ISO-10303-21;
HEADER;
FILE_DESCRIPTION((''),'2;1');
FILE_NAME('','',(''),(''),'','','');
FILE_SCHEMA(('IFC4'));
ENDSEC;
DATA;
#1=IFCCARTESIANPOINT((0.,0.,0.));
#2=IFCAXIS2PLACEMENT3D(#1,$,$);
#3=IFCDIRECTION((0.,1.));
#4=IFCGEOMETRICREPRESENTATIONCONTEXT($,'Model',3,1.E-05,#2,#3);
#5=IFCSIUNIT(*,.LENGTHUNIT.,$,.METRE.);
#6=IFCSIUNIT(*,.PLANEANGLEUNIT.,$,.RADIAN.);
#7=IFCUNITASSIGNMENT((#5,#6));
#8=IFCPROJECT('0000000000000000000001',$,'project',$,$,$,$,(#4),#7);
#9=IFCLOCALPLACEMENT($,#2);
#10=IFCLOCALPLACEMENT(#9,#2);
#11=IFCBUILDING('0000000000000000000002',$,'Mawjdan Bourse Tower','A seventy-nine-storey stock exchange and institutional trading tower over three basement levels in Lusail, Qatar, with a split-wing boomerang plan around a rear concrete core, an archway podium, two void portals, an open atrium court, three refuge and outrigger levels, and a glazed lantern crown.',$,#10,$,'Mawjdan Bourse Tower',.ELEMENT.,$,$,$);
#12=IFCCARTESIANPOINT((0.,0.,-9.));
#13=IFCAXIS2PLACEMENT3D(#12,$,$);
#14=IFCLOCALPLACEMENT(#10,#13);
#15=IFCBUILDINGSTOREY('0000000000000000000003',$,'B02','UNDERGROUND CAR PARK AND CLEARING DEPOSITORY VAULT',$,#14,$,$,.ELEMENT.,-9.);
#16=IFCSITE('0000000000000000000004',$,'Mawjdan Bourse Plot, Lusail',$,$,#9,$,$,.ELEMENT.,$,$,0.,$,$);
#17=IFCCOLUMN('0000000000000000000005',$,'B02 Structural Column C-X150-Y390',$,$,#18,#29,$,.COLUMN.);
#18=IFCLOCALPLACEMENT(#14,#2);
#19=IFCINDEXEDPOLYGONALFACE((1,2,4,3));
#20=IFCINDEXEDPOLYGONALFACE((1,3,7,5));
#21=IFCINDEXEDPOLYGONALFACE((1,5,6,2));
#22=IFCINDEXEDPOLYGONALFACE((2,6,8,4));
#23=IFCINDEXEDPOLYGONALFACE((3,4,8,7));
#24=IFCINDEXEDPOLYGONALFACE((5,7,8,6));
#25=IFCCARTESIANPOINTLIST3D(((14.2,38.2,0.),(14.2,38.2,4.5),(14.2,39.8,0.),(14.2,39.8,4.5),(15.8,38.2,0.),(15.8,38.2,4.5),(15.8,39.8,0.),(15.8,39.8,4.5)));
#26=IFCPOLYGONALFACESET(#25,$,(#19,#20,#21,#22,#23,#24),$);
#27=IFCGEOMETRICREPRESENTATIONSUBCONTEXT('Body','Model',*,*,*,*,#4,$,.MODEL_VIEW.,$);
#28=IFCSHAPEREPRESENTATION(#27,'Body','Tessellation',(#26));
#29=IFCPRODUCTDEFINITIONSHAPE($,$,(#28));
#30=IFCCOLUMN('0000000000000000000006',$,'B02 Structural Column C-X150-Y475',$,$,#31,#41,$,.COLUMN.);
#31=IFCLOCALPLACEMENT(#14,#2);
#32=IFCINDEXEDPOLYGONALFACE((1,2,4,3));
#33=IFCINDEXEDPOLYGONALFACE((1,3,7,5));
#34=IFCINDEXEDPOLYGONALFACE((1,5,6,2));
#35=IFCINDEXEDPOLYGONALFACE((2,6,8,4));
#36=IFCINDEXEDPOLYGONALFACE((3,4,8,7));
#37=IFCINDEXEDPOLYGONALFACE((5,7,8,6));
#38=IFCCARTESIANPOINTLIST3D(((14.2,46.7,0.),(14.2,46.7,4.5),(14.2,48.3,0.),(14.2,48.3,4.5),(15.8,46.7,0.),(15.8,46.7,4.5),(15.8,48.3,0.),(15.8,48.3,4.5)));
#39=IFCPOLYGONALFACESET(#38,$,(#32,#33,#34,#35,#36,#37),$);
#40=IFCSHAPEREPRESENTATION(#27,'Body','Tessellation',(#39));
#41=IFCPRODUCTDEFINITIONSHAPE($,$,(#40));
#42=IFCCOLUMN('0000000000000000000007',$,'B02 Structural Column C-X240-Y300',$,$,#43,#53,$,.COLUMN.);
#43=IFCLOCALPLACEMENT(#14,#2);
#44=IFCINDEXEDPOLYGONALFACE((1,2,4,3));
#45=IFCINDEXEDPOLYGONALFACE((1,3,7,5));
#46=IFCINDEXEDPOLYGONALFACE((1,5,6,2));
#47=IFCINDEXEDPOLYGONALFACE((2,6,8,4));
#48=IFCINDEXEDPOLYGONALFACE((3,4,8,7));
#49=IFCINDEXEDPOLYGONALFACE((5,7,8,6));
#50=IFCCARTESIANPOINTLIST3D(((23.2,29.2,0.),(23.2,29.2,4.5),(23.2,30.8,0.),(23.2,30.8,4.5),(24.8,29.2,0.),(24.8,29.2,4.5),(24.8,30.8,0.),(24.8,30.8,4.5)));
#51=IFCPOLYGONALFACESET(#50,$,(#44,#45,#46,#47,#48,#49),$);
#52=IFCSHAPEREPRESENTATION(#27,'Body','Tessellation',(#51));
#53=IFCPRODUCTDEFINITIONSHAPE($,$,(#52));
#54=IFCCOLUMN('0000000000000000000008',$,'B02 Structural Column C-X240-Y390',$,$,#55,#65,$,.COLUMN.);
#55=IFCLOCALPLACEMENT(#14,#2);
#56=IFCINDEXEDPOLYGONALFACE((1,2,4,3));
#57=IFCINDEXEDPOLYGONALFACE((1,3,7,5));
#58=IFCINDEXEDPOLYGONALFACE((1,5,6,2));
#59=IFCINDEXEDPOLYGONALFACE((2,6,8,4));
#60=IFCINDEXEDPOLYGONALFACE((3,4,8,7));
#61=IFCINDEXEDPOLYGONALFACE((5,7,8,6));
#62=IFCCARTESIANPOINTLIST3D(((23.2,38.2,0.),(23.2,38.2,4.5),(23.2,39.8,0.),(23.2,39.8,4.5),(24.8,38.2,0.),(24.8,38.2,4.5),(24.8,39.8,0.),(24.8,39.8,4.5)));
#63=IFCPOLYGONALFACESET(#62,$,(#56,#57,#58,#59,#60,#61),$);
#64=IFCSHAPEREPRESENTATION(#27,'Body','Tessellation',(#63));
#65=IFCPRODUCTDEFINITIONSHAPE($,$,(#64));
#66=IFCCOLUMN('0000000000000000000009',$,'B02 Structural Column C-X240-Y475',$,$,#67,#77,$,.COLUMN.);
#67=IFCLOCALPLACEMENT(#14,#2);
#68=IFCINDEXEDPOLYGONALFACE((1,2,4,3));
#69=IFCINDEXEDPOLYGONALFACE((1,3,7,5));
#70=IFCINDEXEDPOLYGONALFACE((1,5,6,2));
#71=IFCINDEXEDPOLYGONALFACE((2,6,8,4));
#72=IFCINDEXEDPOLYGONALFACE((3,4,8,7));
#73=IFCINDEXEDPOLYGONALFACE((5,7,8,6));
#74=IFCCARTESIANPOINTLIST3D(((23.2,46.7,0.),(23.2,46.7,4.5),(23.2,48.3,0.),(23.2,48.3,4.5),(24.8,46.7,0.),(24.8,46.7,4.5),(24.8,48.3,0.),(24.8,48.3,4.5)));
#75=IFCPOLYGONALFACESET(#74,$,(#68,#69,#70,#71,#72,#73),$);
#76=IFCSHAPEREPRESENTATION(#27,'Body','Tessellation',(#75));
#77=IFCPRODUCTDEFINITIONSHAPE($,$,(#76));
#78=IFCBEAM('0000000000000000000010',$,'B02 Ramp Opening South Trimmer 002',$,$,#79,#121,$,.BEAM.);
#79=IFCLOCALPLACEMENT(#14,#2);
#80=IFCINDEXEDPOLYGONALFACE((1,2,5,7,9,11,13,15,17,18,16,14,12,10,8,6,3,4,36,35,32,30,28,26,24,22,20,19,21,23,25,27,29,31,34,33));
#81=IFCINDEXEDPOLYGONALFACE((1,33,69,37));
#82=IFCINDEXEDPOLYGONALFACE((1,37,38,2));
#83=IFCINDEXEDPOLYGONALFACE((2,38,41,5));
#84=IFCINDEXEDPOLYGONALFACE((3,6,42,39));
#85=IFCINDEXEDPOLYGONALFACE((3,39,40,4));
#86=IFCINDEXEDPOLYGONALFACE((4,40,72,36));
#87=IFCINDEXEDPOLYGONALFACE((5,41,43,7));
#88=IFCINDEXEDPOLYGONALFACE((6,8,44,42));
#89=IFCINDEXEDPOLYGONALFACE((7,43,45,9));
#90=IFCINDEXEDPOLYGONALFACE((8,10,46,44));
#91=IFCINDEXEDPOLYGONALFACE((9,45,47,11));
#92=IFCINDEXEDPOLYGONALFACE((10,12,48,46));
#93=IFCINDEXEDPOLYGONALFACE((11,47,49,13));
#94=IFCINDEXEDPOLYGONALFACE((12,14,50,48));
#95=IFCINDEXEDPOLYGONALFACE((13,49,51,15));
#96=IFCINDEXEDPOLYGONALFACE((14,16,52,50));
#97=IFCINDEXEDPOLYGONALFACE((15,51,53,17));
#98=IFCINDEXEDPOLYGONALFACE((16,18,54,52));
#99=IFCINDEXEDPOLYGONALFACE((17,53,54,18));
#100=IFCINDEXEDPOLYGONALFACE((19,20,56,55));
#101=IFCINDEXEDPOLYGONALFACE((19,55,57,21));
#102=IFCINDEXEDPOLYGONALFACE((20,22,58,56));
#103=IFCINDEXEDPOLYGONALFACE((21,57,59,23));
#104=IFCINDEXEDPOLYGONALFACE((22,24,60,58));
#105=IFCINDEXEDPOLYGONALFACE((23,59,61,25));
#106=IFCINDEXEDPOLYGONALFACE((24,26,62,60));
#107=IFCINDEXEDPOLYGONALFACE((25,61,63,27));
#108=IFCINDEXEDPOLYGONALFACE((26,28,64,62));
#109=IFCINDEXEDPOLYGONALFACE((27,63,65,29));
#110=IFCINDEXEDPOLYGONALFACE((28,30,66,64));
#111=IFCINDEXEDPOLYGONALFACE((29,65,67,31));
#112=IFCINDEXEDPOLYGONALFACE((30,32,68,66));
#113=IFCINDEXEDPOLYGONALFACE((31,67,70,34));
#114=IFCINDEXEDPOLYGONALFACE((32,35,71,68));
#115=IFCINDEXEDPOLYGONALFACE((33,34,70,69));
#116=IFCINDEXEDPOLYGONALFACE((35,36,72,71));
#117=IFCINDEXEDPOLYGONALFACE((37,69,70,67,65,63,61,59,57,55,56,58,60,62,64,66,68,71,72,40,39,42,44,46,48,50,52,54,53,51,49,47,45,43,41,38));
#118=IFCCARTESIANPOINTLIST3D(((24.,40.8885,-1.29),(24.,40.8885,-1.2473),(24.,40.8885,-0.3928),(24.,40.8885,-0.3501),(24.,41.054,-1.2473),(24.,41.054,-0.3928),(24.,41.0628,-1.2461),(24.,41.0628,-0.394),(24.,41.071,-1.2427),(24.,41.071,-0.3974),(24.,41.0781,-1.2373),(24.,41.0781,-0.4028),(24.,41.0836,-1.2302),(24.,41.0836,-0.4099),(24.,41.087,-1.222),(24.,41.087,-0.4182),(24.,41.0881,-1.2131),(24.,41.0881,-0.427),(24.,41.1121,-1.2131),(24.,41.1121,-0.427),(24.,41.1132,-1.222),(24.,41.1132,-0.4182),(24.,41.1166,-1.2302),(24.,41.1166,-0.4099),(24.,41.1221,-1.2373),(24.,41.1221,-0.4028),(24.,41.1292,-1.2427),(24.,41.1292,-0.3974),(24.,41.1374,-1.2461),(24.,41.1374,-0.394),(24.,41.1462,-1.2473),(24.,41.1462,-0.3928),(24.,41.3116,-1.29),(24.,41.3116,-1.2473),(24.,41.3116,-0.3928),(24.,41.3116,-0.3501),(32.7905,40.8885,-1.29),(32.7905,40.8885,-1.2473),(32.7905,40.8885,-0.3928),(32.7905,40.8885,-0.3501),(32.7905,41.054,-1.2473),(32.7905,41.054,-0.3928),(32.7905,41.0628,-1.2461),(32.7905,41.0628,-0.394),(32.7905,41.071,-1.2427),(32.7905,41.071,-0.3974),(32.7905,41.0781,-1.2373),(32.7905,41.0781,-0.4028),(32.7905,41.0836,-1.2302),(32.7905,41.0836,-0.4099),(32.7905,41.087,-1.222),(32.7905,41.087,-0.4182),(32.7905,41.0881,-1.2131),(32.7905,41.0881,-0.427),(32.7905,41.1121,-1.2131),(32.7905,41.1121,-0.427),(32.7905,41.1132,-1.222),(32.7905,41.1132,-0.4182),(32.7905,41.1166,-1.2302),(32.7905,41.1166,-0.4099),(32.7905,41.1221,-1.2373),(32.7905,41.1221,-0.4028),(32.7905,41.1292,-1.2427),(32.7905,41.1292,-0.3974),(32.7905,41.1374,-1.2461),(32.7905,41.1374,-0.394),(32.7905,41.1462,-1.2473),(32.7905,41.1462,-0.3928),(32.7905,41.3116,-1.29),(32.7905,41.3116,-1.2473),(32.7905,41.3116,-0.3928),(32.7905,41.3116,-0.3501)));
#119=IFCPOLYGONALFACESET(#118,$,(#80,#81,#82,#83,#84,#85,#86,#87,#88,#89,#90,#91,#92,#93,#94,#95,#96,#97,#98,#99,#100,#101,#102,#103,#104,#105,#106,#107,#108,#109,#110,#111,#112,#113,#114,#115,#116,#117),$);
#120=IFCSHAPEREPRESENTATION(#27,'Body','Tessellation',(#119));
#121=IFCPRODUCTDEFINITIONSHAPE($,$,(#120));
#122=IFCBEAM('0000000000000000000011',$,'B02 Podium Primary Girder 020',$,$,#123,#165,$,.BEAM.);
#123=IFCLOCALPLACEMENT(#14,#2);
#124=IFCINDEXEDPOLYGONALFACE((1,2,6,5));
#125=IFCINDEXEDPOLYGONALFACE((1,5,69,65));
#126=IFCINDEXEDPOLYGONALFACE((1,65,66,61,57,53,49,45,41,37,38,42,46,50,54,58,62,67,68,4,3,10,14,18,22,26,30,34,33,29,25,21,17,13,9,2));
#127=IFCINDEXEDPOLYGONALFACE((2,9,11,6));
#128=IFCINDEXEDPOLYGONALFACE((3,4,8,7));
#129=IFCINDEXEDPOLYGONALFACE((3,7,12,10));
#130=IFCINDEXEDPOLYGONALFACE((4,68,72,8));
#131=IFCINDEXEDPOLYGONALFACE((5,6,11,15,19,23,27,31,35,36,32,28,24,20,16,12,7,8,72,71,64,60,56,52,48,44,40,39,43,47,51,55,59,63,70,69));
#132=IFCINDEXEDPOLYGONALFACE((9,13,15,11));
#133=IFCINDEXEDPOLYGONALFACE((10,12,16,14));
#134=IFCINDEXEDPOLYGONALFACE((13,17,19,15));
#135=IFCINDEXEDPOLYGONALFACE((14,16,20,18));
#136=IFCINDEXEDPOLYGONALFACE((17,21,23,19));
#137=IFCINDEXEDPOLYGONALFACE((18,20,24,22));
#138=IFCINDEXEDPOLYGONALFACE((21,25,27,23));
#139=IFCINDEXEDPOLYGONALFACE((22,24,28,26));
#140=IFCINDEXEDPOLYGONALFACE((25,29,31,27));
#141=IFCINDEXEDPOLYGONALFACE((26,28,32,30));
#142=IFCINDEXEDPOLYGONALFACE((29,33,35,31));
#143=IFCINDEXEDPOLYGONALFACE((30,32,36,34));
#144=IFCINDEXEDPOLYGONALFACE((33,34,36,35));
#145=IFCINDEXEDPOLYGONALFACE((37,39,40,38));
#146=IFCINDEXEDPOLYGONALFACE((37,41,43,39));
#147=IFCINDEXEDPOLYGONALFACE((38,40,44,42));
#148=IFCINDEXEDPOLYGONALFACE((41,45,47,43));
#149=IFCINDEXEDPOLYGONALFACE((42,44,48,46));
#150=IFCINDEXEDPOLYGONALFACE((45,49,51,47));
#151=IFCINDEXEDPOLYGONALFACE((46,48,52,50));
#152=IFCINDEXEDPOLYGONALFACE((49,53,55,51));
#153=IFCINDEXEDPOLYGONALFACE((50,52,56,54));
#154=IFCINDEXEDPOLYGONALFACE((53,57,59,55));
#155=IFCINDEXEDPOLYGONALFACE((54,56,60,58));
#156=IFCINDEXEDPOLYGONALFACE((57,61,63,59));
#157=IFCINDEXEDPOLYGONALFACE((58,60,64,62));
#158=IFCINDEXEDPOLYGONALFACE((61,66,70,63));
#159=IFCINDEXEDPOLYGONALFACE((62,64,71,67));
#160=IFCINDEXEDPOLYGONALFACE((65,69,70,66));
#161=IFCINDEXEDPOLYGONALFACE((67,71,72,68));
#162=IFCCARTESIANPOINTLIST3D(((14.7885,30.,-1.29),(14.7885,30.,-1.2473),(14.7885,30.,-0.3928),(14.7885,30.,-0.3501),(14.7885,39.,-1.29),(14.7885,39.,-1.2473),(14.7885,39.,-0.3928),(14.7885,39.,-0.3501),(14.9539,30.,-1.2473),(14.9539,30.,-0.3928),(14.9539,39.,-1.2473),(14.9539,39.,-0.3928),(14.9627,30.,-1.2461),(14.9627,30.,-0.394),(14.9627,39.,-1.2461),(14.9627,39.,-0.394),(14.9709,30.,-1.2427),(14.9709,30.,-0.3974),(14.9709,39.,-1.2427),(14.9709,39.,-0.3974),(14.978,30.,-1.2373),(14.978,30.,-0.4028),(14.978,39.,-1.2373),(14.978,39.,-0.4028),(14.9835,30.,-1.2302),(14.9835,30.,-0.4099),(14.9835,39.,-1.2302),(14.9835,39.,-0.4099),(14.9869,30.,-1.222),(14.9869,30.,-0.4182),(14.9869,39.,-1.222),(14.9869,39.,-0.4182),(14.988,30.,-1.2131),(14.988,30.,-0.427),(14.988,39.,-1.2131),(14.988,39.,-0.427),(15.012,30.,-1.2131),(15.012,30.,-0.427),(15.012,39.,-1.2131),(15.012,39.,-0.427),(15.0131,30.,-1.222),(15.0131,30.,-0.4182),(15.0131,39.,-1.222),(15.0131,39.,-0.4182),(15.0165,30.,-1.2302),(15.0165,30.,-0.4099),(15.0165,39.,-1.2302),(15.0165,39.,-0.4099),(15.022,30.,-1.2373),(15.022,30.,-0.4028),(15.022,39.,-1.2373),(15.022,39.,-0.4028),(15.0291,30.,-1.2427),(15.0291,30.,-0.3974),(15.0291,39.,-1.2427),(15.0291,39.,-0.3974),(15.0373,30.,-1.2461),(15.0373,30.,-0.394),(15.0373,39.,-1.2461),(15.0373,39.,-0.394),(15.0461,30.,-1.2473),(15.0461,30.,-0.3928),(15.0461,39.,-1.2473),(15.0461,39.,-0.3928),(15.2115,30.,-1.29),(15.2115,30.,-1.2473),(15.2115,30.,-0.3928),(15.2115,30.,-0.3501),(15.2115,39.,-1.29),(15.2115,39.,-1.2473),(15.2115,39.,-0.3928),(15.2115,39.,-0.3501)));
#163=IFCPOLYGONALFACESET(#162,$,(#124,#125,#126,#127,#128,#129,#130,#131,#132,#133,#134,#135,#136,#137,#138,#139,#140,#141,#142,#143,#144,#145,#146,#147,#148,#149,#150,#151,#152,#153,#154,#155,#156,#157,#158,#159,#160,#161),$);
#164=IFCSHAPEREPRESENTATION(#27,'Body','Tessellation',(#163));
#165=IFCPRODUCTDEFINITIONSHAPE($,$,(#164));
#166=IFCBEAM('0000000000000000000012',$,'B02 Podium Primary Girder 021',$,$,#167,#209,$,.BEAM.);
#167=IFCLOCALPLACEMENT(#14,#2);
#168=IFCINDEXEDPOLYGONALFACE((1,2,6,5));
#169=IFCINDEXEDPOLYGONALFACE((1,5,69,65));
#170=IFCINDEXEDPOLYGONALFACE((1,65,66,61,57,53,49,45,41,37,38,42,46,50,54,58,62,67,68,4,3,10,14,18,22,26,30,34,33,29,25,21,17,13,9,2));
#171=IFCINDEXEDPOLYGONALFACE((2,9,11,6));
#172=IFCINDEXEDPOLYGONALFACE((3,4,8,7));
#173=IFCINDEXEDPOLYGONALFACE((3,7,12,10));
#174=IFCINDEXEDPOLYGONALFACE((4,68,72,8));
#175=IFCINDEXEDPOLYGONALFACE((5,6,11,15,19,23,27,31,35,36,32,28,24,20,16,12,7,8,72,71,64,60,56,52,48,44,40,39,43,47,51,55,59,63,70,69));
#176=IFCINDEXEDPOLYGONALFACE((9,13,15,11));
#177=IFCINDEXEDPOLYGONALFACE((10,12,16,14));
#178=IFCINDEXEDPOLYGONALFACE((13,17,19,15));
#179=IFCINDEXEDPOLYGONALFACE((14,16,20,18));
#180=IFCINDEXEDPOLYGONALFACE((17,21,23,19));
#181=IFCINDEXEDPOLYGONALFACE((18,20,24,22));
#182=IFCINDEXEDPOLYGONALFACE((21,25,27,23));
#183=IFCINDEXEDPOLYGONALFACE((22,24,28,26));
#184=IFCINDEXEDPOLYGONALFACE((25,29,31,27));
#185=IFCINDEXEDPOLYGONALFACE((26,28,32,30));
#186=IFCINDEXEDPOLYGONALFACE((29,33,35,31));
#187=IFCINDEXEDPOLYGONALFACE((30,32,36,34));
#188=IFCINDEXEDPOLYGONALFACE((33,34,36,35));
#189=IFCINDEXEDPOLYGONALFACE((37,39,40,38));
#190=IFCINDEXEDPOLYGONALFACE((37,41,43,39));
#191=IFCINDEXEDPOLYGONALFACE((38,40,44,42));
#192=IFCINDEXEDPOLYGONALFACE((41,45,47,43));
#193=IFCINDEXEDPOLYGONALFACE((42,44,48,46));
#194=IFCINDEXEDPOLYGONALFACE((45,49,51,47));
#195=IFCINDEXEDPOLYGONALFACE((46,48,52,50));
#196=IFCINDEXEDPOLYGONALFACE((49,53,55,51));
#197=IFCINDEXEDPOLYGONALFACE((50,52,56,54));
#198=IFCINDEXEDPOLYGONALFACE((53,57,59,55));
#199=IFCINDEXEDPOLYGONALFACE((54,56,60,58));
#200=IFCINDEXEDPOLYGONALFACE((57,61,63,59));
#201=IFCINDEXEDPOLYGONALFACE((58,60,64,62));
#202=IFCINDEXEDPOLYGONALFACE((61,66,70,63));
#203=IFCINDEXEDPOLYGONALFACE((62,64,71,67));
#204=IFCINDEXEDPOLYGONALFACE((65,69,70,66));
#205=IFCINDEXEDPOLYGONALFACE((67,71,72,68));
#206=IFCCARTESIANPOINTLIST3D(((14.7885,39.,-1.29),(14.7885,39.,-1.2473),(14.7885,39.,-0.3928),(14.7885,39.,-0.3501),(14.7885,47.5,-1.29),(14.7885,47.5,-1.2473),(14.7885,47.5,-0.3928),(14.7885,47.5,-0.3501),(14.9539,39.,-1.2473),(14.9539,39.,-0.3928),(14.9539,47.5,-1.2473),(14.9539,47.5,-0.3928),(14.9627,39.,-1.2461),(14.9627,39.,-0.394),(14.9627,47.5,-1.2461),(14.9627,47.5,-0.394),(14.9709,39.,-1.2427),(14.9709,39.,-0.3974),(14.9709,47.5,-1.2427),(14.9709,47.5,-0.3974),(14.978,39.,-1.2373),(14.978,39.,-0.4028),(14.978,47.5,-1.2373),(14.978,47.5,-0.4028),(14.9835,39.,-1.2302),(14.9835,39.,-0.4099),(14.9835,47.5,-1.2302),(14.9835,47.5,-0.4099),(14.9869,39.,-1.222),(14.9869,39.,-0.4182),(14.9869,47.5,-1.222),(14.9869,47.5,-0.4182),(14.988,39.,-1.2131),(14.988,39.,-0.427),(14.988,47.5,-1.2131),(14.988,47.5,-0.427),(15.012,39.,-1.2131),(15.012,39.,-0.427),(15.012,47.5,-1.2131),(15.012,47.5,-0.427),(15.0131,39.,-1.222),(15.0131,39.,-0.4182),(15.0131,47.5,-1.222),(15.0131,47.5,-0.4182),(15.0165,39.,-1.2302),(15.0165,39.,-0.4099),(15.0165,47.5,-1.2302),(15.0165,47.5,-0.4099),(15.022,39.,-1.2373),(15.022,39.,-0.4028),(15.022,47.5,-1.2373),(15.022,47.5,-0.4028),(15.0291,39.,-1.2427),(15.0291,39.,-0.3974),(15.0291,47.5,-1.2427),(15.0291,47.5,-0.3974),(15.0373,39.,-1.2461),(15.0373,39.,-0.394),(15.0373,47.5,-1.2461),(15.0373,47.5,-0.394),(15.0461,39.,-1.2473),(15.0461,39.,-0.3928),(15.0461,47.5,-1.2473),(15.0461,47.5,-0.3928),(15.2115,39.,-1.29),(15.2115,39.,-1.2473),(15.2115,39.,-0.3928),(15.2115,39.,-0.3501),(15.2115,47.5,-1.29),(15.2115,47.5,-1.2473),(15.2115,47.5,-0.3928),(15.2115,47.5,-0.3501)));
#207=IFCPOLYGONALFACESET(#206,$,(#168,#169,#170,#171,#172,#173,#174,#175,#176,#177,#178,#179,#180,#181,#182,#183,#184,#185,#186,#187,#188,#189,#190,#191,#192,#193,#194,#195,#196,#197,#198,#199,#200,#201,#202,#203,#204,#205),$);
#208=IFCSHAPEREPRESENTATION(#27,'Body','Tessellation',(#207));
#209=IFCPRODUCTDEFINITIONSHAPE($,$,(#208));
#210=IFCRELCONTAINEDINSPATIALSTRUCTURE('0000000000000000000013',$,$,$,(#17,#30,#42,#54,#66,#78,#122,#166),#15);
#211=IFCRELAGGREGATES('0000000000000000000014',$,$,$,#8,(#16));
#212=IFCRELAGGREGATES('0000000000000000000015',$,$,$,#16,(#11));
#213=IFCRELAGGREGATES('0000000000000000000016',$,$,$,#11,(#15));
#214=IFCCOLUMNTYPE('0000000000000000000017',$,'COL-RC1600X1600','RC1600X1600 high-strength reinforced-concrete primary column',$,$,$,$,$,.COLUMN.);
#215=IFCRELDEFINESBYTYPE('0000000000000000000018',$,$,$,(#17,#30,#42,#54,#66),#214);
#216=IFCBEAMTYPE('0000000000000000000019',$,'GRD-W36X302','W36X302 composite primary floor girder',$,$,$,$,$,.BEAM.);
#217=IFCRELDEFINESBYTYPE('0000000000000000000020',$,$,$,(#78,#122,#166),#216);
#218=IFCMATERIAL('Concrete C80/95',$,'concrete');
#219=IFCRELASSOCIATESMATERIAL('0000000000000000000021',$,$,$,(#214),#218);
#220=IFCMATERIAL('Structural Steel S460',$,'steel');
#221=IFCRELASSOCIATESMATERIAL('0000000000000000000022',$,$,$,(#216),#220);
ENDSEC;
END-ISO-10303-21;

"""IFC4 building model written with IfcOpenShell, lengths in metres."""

from ifc_helpers import new_model, si_unit, direction, frame, origin, origin_2d, place, context, subcontext, project, spatial, rectangle, i_section, extrude, material, material_profile, profile_set, type_object, element, save


model = new_model("IFC4")

# Units and contexts
model_context = context("Model", 3, precision=1e-05, world=origin(), true_north=direction((0.0, 1.0)))
body_context = subcontext(model_context, "Body", "Model", "MODEL_VIEW")
ifc_project = project(units=[si_unit("LENGTHUNIT", "METRE"), si_unit("PLANEANGLEUNIT", "RADIAN")], contexts=[model_context])

# Site, building, storey
site_placement = place(None, origin())
site = spatial("IfcSite", under=ifc_project, at=site_placement, Name="Mawjdan Bourse Plot, Lusail", CompositionType="ELEMENT", RefElevation=0.0)
building_placement = place(site_placement, origin())
building = spatial("IfcBuilding", under=site, at=building_placement, Name="Mawjdan Bourse Tower", Description="A seventy-nine-storey stock exchange and institutional trading tower over three basement levels in Lusail, Qatar, with a split-wing boomerang plan around a rear concrete core, an archway podium, two void portals, an open atrium court, three refuge and outrigger levels, and a glazed lantern crown.", LongName="Mawjdan Bourse Tower", CompositionType="ELEMENT")
storey_placement = place(building_placement, frame((0.0, 0.0, -9.0)))
storey = spatial("IfcBuildingStorey", under=building, at=storey_placement, Name="B02", Description="UNDERGROUND CAR PARK AND CLEARING DEPOSITORY VAULT", CompositionType="ELEMENT", Elevation=-9.0)

# Columns
ifc_material_1 = material(Name="Concrete C80/95", Category="concrete")
ifc_material_profile_1 = material_profile(ifc_material_1, rectangle(XDim=1.6001, YDim=1.6001, at=origin_2d()), Name="RC1600X1600")
ifc_profile_set_1 = profile_set([ifc_material_profile_1], Name="Concrete C80/95")
column_type = type_object("IfcColumnType", Name="COL-RC1600X1600", Description="RC1600X1600 high-strength reinforced-concrete primary column", PredefinedType="COLUMN", material=ifc_profile_set_1)
for number, where, z_axis, x_axis, name in (
    (1, (15.0, 39.0, 0.0), (0.0, 0.0, 1.0), (1.0, 0.0, 0.0), "B02 Structural Column C-X150-Y390"),
    (2, (15.0, 47.5, 0.0), (0.0, 0.0, 1.0), (1.0, 0.0, 0.0), "B02 Structural Column C-X150-Y475"),
    (3, (24.0, 30.0, 0.0), (0.0, 0.0, 1.0), (1.0, 0.0, 0.0), "B02 Structural Column C-X240-Y300"),
    (4, (24.0, 39.0, 0.0), (0.0, 0.0, 1.0), (1.0, 0.0, 0.0), "B02 Structural Column C-X240-Y390"),
    (5, (24.0, 47.5, 0.0), (0.0, 0.0, 1.0), (1.0, 0.0, 0.0), "B02 Structural Column C-X240-Y475"),
):
    element("IfcColumn", number, at=place(storey_placement, frame(where, z_axis=z_axis, x_axis=x_axis)), inside=storey, type_object=column_type, Name=name, PredefinedType="COLUMN", context=body_context, shape_type="SweptSolid", body=[
        extrude(rectangle(XDim=1.6001, YDim=1.6001, at=origin_2d()), origin(), (0.0, 0.0, 1.0), 4.5),
    ])

# Beams
ifc_material_2 = material(Name="Structural Steel S460", Category="steel")
ifc_material_profile_2 = material_profile(ifc_material_2, i_section(OverallWidth=0.4231, OverallDepth=0.9399, WebThickness=0.0239, FlangeThickness=0.0427, FilletRadius=0.0342, at=origin_2d()), Name="W36X302")
ifc_profile_set_2 = profile_set([ifc_material_profile_2], Name="Structural Steel S460")
beam_type_1 = type_object("IfcBeamType", Name="GRD-W36X302", Description="W36X302 composite primary floor girder", PredefinedType="BEAM", material=ifc_profile_set_2)
beam_1_placement = place(storey_placement, frame((24.0, 41.1001, -0.8201), z_axis=(1.0, 0.0, 0.0), x_axis=(0.0, 1.0, 0.0)))
element("IfcBeam", 6, at=beam_1_placement, inside=storey, type_object=beam_type_1, Name="B02 Ramp Opening South Trimmer 002", PredefinedType="BEAM", context=body_context, shape_type="SweptSolid", body=[
    extrude(i_section(OverallWidth=0.4231, OverallDepth=0.9399, WebThickness=0.0239, FlangeThickness=0.0427, FilletRadius=0.0342, at=origin_2d()), origin(), (0.0, 0.0, 1.0), 8.7905),
])
beam_2_placement = place(storey_placement, frame((15.0, 30.0, -0.8201), z_axis=(0.0, 1.0, 0.0), x_axis=(-1.0, 0.0, 0.0)))
element("IfcBeam", 7, at=beam_2_placement, inside=storey, type_object=beam_type_1, Name="B02 Podium Primary Girder 020", PredefinedType="BEAM", context=body_context, shape_type="SweptSolid", body=[
    extrude(i_section(OverallWidth=0.4231, OverallDepth=0.9399, WebThickness=0.0239, FlangeThickness=0.0427, FilletRadius=0.0342, at=origin_2d()), origin(), (0.0, 0.0, 1.0), 9.0),
])
beam_3_placement = place(storey_placement, frame((15.0, 39.0, -0.8201), z_axis=(0.0, 1.0, 0.0), x_axis=(-1.0, 0.0, 0.0)))
element("IfcBeam", 8, at=beam_3_placement, inside=storey, type_object=beam_type_1, Name="B02 Podium Primary Girder 021", PredefinedType="BEAM", context=body_context, shape_type="SweptSolid", body=[
    extrude(i_section(OverallWidth=0.4231, OverallDepth=0.9399, WebThickness=0.0239, FlangeThickness=0.0427, FilletRadius=0.0342, at=origin_2d()), origin(), (0.0, 0.0, 1.0), 8.5),
])

save(model, "model.ifc")
